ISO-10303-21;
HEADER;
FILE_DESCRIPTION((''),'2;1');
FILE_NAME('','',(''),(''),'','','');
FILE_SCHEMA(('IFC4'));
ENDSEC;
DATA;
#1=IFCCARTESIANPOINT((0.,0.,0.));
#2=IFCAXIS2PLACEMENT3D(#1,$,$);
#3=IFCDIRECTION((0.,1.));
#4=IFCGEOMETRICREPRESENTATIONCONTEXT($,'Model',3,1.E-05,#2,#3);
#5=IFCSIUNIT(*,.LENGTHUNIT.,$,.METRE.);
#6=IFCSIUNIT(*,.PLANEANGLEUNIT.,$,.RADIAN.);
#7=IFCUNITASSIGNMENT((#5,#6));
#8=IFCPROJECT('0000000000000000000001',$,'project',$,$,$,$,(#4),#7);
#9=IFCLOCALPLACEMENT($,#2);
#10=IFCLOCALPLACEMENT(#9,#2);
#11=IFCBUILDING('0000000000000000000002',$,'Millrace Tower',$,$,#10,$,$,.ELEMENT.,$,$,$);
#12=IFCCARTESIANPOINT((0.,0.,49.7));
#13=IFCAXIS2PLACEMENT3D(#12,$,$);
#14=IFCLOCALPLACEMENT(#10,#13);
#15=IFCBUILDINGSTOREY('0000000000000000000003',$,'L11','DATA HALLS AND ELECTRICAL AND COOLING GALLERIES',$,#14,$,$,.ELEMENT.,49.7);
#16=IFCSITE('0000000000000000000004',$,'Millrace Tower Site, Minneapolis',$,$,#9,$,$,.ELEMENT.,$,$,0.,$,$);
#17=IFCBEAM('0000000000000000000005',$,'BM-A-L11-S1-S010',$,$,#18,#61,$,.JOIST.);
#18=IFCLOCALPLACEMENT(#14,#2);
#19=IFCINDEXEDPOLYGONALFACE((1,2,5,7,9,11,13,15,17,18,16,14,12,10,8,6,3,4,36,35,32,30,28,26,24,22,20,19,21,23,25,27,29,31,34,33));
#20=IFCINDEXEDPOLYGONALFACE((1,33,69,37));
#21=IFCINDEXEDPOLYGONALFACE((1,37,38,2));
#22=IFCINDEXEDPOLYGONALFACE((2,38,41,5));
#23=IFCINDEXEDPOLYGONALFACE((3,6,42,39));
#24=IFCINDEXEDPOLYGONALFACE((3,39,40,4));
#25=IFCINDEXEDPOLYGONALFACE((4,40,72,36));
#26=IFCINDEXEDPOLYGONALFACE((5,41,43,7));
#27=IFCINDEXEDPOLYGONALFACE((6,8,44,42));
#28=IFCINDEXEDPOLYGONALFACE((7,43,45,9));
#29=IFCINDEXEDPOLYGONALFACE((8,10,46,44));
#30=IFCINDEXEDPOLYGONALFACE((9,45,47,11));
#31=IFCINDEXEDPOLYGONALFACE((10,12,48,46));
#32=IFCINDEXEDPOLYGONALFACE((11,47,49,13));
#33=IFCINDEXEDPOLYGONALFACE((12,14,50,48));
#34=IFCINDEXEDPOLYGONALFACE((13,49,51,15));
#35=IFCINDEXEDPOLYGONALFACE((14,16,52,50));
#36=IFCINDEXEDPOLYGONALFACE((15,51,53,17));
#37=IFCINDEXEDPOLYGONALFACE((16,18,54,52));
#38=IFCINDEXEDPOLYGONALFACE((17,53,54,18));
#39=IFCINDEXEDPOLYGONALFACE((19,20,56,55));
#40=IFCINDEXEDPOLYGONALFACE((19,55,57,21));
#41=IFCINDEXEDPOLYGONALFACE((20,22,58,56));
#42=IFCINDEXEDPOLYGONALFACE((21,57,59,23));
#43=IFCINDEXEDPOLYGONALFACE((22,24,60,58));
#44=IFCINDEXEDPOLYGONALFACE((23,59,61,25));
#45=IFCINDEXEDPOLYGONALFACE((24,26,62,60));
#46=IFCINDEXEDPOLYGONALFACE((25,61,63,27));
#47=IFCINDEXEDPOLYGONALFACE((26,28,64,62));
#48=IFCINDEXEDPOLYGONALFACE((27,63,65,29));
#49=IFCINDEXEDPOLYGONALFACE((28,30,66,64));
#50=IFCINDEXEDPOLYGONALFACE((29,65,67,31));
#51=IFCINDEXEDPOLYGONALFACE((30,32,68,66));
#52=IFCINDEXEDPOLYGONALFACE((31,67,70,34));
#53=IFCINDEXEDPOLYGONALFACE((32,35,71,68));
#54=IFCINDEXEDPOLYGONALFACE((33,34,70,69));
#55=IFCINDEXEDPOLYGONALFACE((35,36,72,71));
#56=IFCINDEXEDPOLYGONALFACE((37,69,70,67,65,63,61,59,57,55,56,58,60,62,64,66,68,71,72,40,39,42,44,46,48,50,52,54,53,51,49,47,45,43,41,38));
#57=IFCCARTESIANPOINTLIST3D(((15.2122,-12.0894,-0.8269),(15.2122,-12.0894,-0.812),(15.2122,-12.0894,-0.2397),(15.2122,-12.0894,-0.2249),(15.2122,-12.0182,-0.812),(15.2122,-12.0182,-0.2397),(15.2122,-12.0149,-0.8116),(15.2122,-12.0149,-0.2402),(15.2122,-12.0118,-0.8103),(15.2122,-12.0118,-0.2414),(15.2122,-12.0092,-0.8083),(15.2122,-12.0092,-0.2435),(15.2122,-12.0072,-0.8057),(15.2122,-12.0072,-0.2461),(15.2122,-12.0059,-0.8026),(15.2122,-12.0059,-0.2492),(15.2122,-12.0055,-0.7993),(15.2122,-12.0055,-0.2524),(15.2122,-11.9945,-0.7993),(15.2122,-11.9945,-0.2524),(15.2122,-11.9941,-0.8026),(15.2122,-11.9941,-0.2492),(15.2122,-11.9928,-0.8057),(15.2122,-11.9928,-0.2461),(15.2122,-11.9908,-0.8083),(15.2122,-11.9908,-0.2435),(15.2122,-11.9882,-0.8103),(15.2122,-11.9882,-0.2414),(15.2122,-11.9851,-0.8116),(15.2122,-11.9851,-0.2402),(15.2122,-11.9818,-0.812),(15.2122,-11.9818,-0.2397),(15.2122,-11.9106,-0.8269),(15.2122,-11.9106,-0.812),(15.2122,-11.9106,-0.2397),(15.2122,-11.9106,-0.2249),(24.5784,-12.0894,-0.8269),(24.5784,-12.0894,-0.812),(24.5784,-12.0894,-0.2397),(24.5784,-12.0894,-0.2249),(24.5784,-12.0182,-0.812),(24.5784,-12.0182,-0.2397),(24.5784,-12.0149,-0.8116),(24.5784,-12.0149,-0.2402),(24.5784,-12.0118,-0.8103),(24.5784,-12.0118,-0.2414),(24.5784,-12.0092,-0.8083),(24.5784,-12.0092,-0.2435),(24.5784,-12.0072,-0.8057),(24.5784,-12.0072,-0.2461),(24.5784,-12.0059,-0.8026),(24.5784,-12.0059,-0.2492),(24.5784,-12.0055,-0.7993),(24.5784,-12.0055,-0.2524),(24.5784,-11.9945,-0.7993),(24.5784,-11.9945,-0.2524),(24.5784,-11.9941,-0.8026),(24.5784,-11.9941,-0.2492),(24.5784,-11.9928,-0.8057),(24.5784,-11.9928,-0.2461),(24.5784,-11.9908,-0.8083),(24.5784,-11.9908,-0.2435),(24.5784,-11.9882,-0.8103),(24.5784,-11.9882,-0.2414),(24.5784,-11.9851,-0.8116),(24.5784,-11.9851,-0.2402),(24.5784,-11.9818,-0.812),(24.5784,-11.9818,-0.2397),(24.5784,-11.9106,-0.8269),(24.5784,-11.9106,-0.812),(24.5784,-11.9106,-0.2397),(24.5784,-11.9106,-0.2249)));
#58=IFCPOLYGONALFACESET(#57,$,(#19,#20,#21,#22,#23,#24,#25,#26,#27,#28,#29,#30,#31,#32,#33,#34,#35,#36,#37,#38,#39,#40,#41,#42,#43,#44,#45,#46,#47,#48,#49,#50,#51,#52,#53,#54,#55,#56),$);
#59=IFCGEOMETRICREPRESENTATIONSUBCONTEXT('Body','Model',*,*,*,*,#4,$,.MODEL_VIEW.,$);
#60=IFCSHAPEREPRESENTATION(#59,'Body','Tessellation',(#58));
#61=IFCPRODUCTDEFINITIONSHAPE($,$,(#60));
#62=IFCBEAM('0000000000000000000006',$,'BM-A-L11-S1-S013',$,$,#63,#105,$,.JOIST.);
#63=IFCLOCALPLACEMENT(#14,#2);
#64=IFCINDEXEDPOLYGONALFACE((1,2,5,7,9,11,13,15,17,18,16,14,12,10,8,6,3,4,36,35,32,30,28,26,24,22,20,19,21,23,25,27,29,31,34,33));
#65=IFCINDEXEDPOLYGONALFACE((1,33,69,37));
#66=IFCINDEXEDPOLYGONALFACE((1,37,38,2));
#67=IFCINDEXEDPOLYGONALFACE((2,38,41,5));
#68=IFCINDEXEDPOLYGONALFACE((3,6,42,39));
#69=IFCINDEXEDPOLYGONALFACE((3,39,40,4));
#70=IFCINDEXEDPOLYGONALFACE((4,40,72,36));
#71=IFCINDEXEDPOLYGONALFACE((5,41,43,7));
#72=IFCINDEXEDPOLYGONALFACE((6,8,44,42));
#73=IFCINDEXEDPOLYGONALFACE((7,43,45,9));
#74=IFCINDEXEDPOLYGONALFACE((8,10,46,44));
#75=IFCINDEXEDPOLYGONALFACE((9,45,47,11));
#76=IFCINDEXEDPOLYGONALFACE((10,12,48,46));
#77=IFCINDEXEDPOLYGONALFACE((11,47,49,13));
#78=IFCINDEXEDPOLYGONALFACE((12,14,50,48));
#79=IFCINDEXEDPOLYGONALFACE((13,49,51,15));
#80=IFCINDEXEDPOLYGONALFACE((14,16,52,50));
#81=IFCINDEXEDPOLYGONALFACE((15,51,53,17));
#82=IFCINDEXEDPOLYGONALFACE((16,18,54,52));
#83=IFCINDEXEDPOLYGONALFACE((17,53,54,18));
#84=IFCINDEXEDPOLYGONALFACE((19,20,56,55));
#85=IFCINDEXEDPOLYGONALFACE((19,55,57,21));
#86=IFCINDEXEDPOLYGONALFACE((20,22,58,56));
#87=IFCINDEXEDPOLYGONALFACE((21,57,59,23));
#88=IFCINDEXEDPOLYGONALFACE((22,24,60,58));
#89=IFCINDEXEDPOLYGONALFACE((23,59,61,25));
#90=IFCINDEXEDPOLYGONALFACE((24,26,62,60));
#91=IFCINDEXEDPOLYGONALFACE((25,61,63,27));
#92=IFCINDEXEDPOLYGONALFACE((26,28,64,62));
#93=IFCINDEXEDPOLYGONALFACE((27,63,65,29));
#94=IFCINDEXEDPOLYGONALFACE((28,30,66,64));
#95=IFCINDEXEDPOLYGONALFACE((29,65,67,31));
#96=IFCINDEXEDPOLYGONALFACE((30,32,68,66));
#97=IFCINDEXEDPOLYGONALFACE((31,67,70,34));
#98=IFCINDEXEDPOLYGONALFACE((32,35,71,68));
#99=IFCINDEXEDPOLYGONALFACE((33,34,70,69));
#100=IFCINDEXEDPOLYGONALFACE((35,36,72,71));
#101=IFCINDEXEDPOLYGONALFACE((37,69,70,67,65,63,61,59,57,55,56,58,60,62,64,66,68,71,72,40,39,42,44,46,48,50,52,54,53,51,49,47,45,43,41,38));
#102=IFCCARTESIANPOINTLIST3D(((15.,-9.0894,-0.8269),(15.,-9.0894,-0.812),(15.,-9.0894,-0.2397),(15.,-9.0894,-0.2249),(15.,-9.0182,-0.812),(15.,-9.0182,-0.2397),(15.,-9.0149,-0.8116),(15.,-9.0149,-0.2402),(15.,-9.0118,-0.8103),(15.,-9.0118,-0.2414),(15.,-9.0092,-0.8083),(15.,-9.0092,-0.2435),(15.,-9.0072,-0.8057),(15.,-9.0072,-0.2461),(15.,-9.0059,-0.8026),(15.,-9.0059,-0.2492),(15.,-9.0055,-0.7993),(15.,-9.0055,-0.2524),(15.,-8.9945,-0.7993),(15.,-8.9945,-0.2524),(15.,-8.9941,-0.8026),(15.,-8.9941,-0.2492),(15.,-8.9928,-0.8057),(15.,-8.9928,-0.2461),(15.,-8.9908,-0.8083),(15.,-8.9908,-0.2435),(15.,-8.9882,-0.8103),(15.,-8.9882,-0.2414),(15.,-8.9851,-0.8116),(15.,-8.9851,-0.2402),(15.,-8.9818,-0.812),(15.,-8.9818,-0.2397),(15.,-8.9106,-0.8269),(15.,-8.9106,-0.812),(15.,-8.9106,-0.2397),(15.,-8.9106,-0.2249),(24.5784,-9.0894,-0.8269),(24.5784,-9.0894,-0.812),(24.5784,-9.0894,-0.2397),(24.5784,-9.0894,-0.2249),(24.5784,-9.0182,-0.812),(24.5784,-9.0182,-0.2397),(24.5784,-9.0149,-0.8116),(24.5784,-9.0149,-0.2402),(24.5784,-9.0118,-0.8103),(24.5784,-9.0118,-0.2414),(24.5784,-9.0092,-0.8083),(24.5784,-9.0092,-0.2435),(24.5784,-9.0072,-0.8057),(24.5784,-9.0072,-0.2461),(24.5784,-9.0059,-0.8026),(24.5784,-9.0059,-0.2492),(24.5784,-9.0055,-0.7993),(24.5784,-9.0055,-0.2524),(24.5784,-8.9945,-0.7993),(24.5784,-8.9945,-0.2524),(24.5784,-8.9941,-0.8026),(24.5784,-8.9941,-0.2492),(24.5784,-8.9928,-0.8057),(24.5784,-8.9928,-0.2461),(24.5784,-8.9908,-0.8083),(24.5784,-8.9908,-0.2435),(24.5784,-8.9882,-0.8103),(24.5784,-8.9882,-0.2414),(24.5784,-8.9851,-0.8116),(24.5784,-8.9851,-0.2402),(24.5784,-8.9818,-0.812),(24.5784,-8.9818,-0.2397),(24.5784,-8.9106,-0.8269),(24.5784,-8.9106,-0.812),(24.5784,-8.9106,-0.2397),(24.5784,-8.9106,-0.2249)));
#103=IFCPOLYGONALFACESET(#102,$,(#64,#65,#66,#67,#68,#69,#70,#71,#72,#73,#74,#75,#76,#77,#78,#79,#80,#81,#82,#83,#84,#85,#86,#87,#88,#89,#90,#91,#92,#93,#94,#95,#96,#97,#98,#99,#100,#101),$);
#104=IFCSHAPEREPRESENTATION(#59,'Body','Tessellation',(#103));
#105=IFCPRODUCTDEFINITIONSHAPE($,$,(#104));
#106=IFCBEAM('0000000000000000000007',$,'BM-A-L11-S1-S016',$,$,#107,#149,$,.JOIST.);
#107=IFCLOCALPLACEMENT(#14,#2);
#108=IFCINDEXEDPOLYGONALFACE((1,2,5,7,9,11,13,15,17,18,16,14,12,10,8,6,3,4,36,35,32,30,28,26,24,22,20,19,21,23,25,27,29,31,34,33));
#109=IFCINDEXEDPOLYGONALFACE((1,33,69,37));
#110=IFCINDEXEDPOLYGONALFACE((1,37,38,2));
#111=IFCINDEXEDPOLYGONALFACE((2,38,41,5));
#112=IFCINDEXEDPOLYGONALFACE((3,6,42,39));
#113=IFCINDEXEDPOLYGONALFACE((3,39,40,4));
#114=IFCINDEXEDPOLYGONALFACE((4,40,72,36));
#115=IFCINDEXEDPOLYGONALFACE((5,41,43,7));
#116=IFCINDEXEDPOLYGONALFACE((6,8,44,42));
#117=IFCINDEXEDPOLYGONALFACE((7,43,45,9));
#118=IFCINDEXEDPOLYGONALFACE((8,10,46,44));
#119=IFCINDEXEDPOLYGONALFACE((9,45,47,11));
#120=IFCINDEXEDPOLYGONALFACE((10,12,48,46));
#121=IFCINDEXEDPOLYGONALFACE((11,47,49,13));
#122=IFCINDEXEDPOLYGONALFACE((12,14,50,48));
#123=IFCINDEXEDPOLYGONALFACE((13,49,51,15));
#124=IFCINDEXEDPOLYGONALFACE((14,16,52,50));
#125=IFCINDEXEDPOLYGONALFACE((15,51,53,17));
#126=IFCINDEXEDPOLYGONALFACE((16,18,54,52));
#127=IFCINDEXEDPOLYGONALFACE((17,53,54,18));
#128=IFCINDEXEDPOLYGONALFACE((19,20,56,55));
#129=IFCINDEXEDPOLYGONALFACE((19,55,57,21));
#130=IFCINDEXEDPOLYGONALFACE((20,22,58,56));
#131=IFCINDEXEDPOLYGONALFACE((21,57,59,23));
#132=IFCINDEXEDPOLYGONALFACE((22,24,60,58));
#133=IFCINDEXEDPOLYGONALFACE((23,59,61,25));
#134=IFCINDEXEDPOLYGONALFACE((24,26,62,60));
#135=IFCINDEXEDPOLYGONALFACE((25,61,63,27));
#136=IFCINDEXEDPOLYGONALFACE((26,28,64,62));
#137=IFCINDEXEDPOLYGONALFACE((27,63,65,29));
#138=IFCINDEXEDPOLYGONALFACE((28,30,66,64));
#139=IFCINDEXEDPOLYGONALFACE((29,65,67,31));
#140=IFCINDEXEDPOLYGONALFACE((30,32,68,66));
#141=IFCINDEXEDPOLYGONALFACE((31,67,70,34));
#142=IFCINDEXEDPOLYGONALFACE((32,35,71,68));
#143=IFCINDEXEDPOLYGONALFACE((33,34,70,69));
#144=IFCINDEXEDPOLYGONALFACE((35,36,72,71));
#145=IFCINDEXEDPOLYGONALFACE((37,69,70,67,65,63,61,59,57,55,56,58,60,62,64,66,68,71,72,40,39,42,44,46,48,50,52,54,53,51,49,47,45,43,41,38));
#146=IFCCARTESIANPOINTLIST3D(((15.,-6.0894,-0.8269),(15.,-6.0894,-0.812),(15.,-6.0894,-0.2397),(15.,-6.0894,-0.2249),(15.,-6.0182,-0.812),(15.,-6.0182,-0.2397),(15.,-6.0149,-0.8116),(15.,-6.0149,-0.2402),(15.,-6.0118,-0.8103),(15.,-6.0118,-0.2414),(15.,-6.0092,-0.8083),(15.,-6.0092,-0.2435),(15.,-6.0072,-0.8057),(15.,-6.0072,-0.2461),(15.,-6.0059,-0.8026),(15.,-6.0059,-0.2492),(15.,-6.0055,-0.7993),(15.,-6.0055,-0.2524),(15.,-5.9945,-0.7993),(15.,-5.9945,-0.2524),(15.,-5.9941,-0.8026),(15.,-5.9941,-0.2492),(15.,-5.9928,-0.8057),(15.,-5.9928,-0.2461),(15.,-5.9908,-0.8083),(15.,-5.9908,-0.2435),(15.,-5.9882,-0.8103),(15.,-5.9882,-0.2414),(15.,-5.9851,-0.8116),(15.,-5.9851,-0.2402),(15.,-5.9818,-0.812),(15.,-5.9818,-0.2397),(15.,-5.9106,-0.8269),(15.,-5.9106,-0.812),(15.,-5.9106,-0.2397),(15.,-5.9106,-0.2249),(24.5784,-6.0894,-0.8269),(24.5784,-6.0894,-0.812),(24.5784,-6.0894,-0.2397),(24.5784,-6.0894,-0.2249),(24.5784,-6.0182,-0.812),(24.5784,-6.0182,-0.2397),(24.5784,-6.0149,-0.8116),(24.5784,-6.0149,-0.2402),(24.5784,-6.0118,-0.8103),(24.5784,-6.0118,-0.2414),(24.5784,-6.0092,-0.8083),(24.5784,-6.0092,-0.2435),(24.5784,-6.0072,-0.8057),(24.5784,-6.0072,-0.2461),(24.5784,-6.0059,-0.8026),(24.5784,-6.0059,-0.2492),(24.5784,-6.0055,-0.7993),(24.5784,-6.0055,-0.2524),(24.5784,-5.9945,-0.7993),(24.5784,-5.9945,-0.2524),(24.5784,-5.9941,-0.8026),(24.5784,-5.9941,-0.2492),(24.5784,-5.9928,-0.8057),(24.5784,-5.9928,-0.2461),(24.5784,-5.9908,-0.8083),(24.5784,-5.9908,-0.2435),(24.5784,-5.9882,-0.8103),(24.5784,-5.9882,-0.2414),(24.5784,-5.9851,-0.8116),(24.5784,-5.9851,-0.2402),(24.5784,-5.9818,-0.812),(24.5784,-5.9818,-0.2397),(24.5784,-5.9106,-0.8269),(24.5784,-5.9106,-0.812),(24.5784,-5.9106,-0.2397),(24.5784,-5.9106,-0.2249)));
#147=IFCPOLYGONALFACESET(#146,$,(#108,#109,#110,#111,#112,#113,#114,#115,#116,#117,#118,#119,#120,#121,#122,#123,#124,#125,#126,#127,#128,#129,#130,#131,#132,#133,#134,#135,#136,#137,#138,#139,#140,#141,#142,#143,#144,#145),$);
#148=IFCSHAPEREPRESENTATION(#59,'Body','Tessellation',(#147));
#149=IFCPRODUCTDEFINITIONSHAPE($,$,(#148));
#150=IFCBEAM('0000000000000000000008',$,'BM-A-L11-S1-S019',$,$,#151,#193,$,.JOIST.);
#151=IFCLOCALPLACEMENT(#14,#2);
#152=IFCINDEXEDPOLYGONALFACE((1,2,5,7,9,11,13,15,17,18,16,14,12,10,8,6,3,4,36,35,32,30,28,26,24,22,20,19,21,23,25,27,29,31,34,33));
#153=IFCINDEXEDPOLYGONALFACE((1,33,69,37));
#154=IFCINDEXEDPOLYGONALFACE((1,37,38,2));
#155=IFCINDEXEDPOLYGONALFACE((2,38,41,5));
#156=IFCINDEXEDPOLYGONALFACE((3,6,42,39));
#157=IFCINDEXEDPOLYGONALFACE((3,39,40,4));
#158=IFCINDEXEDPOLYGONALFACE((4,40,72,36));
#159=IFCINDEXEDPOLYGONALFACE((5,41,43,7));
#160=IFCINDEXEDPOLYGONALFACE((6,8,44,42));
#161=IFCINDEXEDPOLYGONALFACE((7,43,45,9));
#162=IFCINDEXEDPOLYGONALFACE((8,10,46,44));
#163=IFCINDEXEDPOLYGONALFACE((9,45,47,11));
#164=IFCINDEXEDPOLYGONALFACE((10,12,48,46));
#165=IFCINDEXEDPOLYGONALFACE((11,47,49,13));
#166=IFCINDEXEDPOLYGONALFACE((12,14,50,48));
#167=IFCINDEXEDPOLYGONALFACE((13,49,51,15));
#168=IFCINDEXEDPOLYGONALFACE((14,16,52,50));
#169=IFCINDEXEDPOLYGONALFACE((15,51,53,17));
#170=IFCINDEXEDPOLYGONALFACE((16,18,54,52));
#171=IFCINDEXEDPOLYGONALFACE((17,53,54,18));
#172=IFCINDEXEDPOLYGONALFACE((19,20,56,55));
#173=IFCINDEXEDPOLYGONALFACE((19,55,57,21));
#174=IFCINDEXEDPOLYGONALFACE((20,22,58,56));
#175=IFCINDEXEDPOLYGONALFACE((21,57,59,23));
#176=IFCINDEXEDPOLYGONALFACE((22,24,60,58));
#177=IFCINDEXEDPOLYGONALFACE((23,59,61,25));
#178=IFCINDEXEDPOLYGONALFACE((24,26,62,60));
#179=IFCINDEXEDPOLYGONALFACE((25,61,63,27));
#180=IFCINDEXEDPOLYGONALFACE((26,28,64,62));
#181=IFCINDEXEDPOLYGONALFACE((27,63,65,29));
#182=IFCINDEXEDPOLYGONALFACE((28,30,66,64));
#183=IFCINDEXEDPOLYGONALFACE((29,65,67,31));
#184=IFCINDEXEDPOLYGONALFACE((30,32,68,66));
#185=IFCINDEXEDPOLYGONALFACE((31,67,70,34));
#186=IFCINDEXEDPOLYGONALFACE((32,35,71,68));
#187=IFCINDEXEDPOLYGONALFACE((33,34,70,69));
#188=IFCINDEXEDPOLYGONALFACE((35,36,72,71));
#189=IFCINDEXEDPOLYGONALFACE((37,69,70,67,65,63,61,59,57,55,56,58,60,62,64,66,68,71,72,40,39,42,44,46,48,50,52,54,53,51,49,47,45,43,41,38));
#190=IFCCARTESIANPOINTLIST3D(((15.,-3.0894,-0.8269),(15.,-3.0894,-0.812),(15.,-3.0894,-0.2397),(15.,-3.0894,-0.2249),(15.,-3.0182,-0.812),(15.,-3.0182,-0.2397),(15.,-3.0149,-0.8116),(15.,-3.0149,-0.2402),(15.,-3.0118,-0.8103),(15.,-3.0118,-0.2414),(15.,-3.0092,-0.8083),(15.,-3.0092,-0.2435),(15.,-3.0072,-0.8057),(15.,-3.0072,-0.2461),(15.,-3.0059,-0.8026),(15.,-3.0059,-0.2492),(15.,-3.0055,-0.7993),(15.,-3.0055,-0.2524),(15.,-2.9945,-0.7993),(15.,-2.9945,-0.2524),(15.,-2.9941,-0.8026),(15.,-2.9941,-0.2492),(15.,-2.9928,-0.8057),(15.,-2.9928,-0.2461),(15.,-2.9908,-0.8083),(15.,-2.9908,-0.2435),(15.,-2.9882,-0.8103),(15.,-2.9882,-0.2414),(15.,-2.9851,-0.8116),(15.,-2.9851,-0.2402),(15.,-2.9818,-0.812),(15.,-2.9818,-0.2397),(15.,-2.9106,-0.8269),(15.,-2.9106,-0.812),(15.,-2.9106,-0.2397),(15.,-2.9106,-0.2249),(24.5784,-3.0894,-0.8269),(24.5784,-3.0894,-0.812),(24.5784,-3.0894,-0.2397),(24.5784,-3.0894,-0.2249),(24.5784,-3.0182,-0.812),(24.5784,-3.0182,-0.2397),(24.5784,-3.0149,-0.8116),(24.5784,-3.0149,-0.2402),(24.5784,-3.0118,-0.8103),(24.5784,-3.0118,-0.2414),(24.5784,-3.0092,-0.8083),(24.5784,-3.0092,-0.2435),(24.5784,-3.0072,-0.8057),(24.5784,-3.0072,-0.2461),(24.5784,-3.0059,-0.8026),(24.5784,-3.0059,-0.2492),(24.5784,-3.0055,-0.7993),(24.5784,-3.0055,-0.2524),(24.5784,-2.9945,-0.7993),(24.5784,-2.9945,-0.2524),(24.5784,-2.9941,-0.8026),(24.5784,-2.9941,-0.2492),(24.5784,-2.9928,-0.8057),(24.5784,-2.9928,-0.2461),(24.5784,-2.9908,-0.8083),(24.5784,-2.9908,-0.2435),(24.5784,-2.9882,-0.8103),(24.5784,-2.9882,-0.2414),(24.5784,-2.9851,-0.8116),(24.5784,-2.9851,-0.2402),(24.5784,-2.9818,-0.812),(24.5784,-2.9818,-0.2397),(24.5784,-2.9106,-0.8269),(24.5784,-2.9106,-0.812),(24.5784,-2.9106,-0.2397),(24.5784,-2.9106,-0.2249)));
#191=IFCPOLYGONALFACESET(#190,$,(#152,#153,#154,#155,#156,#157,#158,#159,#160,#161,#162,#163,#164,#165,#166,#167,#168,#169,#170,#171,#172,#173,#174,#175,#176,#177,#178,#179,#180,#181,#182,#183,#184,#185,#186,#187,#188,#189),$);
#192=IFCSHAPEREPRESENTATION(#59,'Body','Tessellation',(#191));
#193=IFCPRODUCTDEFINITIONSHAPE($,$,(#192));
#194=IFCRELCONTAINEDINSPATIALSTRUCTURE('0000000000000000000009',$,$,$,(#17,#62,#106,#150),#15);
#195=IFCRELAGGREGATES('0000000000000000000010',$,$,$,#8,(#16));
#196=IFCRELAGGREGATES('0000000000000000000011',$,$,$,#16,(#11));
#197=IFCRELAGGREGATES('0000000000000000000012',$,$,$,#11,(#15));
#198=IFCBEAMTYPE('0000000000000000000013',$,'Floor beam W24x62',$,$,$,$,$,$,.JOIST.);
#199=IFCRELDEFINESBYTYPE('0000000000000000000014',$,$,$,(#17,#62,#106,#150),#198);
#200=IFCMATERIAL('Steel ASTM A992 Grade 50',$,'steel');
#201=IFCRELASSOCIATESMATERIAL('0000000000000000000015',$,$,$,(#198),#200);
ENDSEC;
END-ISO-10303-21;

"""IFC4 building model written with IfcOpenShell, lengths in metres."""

from ifc_helpers import new_model, si_unit, direction, frame, origin, origin_2d, place, context, subcontext, project, spatial, i_section, extrude, material, material_profile, profile_set, type_object, element, save


model = new_model("IFC4")

# Units and contexts
model_context = context("Model", 3, precision=1e-05, world=origin(), true_north=direction((0.0, 1.0)))
body_context = subcontext(model_context, "Body", "Model", "MODEL_VIEW")
ifc_project = project(units=[si_unit("LENGTHUNIT", "METRE"), si_unit("PLANEANGLEUNIT", "RADIAN")], contexts=[model_context])

# Site, building, storey
site_placement = place(None, origin())
site = spatial("IfcSite", under=ifc_project, at=site_placement, Name="Millrace Tower Site, Minneapolis", CompositionType="ELEMENT", RefElevation=0.0)
building_placement = place(site_placement, origin())
building = spatial("IfcBuilding", under=site, at=building_placement, Name="Millrace Tower", CompositionType="ELEMENT")
storey_placement = place(building_placement, frame((0.0, 0.0, 49.7)))
storey = spatial("IfcBuildingStorey", under=building, at=storey_placement, Name="L11", Description="DATA HALLS AND ELECTRICAL AND COOLING GALLERIES", CompositionType="ELEMENT", Elevation=49.7)

# Beams
ifc_material_1 = material(Name="Steel ASTM A992 Grade 50", Category="steel")
ifc_material_profile_1 = material_profile(ifc_material_1, i_section(OverallWidth=0.1787, OverallDepth=0.6021, WebThickness=0.011, FlangeThickness=0.0149, FilletRadius=0.0127, at=origin_2d()))
ifc_profile_set_1 = profile_set([ifc_material_profile_1], Name="Steel ASTM A992 Grade 50")
beam_type_1 = type_object("IfcBeamType", Name="Floor beam W24x62", PredefinedType="JOIST", material=ifc_profile_set_1)
for number, where, z_axis, x_axis, name in (
    (1, (15.2122, -12.0, -0.5259), (1.0, 0.0, 0.0), (0.0, 1.0, 0.0), "BM-A-L11-S1-S010"),
):
    element("IfcBeam", number, at=place(storey_placement, frame(where, z_axis=z_axis, x_axis=x_axis)), inside=storey, type_object=beam_type_1, Name=name, PredefinedType="JOIST", context=body_context, shape_type="SweptSolid", body=[
        extrude(i_section(OverallWidth=0.1787, OverallDepth=0.6021, WebThickness=0.011, FlangeThickness=0.0149, FilletRadius=0.0127, at=origin_2d()), origin(), (0.0, 0.0, 1.0), 9.3662),
    ])
for number, where, z_axis, x_axis, name in (
    (2, (15.0, -9.0, -0.5259), (1.0, 0.0, 0.0), (0.0, 1.0, 0.0), "BM-A-L11-S1-S013"),
    (3, (15.0, -6.0, -0.5259), (1.0, 0.0, 0.0), (0.0, 1.0, 0.0), "BM-A-L11-S1-S016"),
    (4, (15.0, -3.0, -0.5259), (1.0, 0.0, 0.0), (0.0, 1.0, 0.0), "BM-A-L11-S1-S019"),
):
    element("IfcBeam", number, at=place(storey_placement, frame(where, z_axis=z_axis, x_axis=x_axis)), inside=storey, type_object=beam_type_1, Name=name, PredefinedType="JOIST", context=body_context, shape_type="SweptSolid", body=[
        extrude(i_section(OverallWidth=0.1787, OverallDepth=0.6021, WebThickness=0.011, FlangeThickness=0.0149, FilletRadius=0.0127, at=origin_2d()), origin(), (0.0, 0.0, 1.0), 9.5784),
    ])

save(model, "model.ifc")
